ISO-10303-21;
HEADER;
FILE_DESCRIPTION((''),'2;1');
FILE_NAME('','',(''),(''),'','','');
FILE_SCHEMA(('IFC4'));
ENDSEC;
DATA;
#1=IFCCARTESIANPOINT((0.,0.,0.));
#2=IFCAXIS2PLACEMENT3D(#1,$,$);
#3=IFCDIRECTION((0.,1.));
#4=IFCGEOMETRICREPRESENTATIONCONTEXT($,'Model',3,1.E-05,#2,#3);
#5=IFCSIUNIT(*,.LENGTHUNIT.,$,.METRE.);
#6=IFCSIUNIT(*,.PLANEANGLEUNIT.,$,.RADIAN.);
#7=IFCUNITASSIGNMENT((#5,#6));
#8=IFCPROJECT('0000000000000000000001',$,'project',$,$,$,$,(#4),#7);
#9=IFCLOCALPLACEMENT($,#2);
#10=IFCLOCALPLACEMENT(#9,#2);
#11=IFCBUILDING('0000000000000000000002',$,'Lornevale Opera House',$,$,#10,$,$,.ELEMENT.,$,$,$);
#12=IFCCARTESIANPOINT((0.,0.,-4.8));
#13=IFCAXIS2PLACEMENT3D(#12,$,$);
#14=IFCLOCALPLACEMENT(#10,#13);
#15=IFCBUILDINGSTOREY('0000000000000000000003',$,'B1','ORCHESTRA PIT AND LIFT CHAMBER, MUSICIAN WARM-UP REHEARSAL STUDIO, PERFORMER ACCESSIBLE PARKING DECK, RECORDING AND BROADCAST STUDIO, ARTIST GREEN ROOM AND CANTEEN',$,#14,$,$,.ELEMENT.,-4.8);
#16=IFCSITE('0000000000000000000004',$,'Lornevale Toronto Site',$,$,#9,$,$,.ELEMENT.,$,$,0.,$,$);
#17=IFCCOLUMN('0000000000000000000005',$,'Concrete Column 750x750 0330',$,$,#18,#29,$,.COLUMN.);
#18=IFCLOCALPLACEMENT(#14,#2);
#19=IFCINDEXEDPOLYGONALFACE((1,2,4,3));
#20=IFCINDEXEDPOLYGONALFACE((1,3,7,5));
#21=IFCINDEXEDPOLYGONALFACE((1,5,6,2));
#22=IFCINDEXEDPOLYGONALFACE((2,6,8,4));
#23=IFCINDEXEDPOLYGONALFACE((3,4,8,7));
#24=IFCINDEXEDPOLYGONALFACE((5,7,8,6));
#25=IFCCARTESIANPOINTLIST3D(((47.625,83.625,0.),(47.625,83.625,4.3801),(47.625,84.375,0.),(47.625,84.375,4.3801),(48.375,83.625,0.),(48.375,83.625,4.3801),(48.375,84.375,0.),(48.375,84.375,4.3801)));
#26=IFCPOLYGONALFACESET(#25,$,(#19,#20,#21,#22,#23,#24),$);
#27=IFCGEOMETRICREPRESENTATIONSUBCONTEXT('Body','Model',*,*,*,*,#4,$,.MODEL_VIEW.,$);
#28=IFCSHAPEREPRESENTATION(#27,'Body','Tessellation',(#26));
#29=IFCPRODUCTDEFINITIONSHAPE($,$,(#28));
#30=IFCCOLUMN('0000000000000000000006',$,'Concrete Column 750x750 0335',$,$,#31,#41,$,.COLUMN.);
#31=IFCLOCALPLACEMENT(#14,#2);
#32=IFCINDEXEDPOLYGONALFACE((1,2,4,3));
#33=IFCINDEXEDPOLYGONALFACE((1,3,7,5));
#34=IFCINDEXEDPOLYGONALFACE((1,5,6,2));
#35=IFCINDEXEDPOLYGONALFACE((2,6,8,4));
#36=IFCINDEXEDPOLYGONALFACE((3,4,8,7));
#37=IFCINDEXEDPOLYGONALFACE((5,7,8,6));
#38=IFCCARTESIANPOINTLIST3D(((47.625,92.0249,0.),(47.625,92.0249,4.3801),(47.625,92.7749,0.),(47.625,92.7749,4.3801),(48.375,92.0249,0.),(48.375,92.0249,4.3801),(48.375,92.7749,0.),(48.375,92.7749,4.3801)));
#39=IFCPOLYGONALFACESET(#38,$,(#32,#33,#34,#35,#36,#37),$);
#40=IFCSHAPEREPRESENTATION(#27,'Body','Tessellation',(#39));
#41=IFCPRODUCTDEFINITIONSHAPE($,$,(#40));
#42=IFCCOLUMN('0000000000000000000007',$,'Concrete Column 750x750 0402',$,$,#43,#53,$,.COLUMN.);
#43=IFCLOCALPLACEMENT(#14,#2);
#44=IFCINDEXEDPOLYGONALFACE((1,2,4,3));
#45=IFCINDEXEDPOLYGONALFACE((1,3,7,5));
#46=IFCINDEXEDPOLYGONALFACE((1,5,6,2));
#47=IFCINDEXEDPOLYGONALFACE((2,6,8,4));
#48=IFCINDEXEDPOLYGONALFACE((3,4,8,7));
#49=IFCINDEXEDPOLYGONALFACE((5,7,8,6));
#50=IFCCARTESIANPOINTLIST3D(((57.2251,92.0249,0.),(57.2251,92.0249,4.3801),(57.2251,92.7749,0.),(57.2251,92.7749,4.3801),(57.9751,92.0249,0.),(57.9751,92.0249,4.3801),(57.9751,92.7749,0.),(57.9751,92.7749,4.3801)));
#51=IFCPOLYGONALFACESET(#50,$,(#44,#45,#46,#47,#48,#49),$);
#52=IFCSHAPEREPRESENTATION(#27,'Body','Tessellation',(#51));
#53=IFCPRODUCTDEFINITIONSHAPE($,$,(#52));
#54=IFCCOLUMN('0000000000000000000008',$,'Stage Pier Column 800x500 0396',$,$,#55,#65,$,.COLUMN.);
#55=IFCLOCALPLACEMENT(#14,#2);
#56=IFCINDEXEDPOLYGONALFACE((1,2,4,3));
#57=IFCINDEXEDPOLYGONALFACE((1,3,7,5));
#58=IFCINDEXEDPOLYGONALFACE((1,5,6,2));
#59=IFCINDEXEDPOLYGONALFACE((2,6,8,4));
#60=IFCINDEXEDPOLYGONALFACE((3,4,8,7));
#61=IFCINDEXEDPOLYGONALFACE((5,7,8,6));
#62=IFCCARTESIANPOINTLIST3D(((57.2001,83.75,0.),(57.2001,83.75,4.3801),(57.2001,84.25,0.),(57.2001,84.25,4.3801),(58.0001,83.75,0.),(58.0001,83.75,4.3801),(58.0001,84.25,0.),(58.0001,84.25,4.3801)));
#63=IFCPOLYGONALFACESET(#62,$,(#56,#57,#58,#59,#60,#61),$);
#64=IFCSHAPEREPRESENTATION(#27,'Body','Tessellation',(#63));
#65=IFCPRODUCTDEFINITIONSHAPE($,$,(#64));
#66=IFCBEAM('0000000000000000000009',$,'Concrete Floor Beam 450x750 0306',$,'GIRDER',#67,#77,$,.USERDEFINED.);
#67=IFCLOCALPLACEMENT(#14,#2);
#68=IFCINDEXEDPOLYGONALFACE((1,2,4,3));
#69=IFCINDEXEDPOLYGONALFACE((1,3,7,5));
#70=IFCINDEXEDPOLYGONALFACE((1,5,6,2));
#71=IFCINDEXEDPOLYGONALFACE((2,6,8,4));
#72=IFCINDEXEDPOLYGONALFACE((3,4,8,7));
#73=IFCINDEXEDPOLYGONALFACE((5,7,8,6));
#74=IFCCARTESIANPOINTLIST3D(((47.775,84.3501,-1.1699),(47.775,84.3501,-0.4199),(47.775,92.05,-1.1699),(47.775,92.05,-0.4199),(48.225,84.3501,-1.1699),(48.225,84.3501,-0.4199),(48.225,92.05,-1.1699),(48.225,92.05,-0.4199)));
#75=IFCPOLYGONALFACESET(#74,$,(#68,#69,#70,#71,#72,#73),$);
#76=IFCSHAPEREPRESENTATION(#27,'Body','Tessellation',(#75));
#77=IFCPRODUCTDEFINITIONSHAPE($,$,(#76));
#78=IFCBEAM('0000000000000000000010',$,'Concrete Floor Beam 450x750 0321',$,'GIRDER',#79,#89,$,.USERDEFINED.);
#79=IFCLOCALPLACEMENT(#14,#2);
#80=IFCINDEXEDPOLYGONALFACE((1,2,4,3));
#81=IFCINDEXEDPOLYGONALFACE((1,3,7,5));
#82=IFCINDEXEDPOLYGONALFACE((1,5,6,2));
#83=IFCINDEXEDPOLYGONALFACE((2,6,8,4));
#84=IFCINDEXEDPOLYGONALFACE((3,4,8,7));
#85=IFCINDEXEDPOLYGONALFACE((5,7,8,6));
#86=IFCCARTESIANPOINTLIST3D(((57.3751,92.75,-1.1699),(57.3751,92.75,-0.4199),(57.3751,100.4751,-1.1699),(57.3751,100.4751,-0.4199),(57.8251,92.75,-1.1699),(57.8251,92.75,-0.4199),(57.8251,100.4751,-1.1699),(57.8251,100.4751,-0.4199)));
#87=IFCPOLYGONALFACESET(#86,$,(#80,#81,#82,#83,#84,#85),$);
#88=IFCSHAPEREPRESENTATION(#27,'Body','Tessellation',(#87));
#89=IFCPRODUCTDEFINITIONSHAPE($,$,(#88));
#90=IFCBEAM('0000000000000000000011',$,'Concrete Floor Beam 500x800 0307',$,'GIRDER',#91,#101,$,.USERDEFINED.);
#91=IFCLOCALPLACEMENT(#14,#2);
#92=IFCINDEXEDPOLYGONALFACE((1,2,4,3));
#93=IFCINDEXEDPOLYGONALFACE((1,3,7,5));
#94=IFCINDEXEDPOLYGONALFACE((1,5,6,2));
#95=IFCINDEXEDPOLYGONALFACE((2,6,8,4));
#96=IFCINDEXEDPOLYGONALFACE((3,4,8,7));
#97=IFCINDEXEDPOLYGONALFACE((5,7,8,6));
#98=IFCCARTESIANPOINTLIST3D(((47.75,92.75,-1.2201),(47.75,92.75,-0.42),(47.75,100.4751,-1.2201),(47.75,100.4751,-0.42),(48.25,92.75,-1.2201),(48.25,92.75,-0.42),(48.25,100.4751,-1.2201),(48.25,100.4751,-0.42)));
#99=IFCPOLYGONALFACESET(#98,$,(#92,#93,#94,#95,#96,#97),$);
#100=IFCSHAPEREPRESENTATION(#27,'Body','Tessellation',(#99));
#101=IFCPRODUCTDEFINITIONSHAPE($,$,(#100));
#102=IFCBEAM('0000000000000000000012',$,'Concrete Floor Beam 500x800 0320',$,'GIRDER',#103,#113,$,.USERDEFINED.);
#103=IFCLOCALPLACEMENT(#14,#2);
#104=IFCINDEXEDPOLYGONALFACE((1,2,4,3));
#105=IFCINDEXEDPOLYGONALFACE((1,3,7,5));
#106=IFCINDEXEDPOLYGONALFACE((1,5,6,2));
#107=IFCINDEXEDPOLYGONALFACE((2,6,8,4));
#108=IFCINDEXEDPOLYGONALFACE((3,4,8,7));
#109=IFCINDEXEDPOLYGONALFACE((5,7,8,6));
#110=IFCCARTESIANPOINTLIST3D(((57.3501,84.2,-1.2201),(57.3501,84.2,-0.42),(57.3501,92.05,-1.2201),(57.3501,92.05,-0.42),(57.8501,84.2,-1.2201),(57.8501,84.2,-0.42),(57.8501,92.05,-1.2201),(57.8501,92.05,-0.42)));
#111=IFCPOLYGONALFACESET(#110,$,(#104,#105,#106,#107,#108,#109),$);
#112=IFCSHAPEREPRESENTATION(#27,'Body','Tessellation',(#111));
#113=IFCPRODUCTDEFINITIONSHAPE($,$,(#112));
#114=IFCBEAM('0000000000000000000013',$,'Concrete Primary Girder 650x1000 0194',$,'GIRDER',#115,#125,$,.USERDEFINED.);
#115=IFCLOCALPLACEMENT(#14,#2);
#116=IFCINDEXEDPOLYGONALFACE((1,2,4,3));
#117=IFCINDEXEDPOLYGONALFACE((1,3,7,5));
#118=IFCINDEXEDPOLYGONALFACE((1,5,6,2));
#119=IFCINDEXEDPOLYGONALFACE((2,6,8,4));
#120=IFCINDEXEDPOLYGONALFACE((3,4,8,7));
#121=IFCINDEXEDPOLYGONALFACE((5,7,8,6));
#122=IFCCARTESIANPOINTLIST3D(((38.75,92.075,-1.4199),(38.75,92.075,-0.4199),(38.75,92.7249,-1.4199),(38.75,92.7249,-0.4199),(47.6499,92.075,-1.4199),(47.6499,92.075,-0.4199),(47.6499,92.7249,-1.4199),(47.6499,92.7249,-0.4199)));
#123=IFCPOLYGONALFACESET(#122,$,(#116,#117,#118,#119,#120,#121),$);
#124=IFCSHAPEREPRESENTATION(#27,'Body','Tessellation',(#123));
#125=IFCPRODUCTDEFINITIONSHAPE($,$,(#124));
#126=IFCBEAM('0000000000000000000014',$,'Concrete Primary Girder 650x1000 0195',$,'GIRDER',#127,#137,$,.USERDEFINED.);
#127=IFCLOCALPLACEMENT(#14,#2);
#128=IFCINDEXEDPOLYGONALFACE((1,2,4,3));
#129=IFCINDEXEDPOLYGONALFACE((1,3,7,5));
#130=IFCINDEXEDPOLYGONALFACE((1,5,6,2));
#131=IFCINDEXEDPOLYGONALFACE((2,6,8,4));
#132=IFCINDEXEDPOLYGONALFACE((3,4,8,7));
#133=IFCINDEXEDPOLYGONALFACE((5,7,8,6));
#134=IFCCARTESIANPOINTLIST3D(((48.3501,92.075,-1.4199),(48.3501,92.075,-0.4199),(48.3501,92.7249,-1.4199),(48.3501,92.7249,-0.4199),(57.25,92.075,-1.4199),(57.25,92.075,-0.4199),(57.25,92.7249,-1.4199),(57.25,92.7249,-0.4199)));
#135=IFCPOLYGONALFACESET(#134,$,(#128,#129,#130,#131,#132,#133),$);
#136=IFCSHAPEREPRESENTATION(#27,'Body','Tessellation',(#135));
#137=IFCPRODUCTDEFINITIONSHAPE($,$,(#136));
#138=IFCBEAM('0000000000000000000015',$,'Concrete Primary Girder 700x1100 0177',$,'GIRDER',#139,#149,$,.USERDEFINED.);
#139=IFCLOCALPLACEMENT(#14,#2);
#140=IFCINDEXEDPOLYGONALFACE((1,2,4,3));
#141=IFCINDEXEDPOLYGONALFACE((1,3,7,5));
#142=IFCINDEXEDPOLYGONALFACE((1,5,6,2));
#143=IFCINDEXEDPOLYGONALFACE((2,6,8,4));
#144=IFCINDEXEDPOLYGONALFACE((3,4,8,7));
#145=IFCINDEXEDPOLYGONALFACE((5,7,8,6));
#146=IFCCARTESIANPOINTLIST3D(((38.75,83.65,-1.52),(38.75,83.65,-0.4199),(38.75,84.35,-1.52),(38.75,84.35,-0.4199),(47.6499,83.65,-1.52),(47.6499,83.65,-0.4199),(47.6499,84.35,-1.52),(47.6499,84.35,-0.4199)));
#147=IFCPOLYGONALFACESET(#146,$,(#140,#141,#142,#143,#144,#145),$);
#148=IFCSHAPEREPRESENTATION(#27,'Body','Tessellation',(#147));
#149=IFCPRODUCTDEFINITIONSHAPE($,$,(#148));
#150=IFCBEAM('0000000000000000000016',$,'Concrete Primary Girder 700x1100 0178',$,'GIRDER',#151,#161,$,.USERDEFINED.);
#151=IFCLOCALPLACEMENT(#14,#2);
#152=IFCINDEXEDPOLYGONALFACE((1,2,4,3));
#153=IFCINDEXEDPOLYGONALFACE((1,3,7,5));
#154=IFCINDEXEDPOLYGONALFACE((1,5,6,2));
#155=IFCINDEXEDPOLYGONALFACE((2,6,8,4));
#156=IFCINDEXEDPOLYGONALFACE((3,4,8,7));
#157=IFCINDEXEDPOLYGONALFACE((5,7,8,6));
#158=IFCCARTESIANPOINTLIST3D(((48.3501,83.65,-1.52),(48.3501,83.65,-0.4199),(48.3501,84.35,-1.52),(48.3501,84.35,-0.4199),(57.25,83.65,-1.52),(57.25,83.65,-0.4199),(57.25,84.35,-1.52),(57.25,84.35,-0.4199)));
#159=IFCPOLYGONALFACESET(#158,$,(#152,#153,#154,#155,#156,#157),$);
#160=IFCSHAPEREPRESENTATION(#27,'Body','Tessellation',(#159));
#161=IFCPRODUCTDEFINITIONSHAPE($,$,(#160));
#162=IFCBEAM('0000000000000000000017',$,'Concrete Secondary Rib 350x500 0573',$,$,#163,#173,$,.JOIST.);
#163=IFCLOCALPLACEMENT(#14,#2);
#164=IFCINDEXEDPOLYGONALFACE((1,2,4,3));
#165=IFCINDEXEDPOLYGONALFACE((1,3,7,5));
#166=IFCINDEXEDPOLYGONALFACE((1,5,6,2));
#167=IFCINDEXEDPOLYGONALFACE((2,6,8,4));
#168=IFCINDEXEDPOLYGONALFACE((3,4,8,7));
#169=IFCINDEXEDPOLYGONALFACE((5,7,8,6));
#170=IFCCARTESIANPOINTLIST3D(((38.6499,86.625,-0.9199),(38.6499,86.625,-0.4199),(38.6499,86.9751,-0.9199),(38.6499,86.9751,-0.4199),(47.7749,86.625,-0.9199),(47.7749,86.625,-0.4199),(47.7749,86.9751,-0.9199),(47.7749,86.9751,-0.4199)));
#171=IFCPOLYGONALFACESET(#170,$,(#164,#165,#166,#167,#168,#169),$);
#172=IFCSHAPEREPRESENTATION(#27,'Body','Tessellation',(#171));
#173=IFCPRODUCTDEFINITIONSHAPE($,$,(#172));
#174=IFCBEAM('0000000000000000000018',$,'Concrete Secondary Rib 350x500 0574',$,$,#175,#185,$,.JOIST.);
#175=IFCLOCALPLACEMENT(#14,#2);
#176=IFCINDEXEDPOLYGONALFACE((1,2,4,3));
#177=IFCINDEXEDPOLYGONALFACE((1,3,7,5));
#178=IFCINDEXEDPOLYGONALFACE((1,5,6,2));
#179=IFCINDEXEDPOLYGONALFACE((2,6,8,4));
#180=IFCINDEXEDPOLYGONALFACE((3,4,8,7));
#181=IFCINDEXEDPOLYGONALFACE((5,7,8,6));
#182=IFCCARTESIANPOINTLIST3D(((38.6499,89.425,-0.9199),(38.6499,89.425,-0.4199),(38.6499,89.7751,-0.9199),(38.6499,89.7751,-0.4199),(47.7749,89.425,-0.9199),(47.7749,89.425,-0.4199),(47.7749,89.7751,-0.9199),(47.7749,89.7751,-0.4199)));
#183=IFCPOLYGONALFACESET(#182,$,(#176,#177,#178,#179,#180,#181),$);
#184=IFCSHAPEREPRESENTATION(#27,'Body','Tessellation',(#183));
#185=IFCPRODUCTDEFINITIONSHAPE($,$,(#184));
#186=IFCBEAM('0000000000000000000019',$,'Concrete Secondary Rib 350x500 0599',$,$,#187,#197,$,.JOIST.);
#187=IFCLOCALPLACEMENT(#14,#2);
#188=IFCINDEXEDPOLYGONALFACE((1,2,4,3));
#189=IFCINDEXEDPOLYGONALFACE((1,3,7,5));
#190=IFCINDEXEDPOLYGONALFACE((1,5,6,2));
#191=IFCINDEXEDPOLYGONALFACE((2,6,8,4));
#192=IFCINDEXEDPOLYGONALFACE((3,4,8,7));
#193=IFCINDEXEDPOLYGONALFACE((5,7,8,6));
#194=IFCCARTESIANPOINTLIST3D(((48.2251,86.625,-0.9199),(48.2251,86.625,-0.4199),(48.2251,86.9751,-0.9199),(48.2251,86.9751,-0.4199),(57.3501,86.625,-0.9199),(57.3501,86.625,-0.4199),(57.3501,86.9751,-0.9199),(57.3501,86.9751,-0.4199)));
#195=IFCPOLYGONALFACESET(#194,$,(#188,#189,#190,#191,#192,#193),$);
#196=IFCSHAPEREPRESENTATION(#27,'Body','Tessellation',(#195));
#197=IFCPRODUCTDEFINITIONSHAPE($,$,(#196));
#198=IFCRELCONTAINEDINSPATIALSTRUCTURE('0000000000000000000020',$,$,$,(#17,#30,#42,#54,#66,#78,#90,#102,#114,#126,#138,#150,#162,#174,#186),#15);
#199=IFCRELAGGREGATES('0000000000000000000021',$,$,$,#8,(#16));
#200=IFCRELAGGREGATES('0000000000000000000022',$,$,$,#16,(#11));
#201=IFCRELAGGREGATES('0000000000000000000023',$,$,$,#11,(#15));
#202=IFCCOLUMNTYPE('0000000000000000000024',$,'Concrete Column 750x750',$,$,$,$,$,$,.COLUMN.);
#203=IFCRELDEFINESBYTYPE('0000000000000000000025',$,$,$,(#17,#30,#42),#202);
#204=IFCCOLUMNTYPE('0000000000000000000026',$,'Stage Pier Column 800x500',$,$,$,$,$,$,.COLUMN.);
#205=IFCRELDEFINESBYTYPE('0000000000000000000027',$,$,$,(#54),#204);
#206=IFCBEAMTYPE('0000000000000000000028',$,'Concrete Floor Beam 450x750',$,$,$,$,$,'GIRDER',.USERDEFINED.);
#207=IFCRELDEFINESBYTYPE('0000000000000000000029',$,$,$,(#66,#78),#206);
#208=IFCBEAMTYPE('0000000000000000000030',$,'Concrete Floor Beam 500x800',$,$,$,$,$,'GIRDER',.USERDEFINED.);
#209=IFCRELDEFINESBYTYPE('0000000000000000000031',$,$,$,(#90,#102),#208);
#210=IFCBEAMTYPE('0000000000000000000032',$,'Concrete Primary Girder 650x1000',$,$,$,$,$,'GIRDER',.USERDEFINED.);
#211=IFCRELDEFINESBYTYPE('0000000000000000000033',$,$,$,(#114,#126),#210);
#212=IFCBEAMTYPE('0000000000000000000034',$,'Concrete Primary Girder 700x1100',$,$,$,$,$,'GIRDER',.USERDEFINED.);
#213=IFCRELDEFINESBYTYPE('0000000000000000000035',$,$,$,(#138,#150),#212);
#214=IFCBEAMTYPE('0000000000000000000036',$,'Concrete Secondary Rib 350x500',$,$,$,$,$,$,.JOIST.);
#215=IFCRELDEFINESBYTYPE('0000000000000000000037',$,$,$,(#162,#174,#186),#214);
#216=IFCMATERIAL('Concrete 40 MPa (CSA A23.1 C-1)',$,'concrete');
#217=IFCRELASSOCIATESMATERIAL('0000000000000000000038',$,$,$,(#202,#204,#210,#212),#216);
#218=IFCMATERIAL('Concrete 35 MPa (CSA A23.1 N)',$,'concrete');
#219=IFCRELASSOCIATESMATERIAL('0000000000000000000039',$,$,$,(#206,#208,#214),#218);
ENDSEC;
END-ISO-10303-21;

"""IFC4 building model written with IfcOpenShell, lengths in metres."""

from ifc_helpers import new_model, si_unit, direction, frame, origin, origin_2d, place, context, subcontext, project, spatial, rectangle, extrude, material, material_profile, profile_set, type_object, element, save


model = new_model("IFC4")

# Units and contexts
model_context = context("Model", 3, precision=1e-05, world=origin(), true_north=direction((0.0, 1.0)))
body_context = subcontext(model_context, "Body", "Model", "MODEL_VIEW")
ifc_project = project(units=[si_unit("LENGTHUNIT", "METRE"), si_unit("PLANEANGLEUNIT", "RADIAN")], contexts=[model_context])

# Site, building, storey
site_placement = place(None, origin())
site = spatial("IfcSite", under=ifc_project, at=site_placement, Name="Lornevale Toronto Site", CompositionType="ELEMENT", RefElevation=0.0)
building_placement = place(site_placement, origin())
building = spatial("IfcBuilding", under=site, at=building_placement, Name="Lornevale Opera House", CompositionType="ELEMENT")
storey_placement = place(building_placement, frame((0.0, 0.0, -4.8)))
storey = spatial("IfcBuildingStorey", under=building, at=storey_placement, Name="B1", Description="ORCHESTRA PIT AND LIFT CHAMBER, MUSICIAN WARM-UP REHEARSAL STUDIO, PERFORMER ACCESSIBLE PARKING DECK, RECORDING AND BROADCAST STUDIO, ARTIST GREEN ROOM AND CANTEEN", CompositionType="ELEMENT", Elevation=-4.8)

# Columns
ifc_material_1 = material(Name="Concrete 40 MPa (CSA A23.1 C-1)", Category="concrete")
ifc_material_profile_1 = material_profile(ifc_material_1, rectangle(XDim=0.75, YDim=0.75, at=origin_2d()), Name="RC750x750")
ifc_profile_set_1 = profile_set([ifc_material_profile_1], Name="Concrete 40 MPa (CSA A23.1 C-1)")
column_type_1 = type_object("IfcColumnType", Name="Concrete Column 750x750", PredefinedType="COLUMN", material=ifc_profile_set_1)
for number, where, z_axis, x_axis, name in (
    (1, (48.0, 84.0, 0.0), (0.0, 0.0, 1.0), (1.0, 0.0, 0.0), "Concrete Column 750x750 0330"),
    (2, (48.0, 92.3999, 0.0), (0.0, 0.0, 1.0), (1.0, 0.0, 0.0), "Concrete Column 750x750 0335"),
    (3, (57.6001, 92.3999, 0.0), (0.0, 0.0, 1.0), (1.0, 0.0, 0.0), "Concrete Column 750x750 0402"),
):
    element("IfcColumn", number, at=place(storey_placement, frame(where, z_axis=z_axis, x_axis=x_axis)), inside=storey, type_object=column_type_1, Name=name, PredefinedType="COLUMN", context=body_context, shape_type="SweptSolid", body=[
        extrude(rectangle(XDim=0.75, YDim=0.75, at=origin_2d()), origin(), (0.0, 0.0, 1.0), 4.3801),
    ])
ifc_material_profile_2 = material_profile(ifc_material_1, rectangle(XDim=0.8, YDim=0.5, at=origin_2d()), Name="RC800x500")
ifc_profile_set_2 = profile_set([ifc_material_profile_2], Name="Concrete 40 MPa (CSA A23.1 C-1)")
column_type_2 = type_object("IfcColumnType", Name="Stage Pier Column 800x500", PredefinedType="COLUMN", material=ifc_profile_set_2)
column_placement = place(storey_placement, frame((57.6001, 84.0, 0.0), z_axis=(0.0, 0.0, 1.0), x_axis=(1.0, 0.0, 0.0)))
element("IfcColumn", 4, at=column_placement, inside=storey, type_object=column_type_2, Name="Stage Pier Column 800x500 0396", PredefinedType="COLUMN", context=body_context, shape_type="SweptSolid", body=[
    extrude(rectangle(XDim=0.8, YDim=0.5, at=origin_2d()), origin(), (0.0, 0.0, 1.0), 4.3801),
])

# Beams
ifc_material_2 = material(Name="Concrete 35 MPa (CSA A23.1 N)", Category="concrete")
ifc_material_profile_3 = material_profile(ifc_material_2, rectangle(XDim=0.45, YDim=0.75, at=origin_2d()), Name="RC450x750")
ifc_profile_set_3 = profile_set([ifc_material_profile_3], Name="Concrete 35 MPa (CSA A23.1 N)")
beam_type_1 = type_object("IfcBeamType", Name="Concrete Floor Beam 450x750", ElementType="GIRDER", PredefinedType="USERDEFINED", material=ifc_profile_set_3)
beam_1_placement = place(storey_placement, frame((48.0, 84.3501, -0.7949), z_axis=(0.0, 1.0, 0.0), x_axis=(-1.0, 0.0, 0.0)))
element("IfcBeam", 5, at=beam_1_placement, inside=storey, type_object=beam_type_1, Name="Concrete Floor Beam 450x750 0306", ObjectType="GIRDER", PredefinedType="USERDEFINED", context=body_context, shape_type="SweptSolid", body=[
    extrude(rectangle(XDim=0.45, YDim=0.75, at=origin_2d()), origin(), (0.0, 0.0, 1.0), 7.7),
])
beam_2_placement = place(storey_placement, frame((57.6001, 92.75, -0.7949), z_axis=(0.0, 1.0, 0.0), x_axis=(-1.0, 0.0, 0.0)))
element("IfcBeam", 6, at=beam_2_placement, inside=storey, type_object=beam_type_1, Name="Concrete Floor Beam 450x750 0321", ObjectType="GIRDER", PredefinedType="USERDEFINED", context=body_context, shape_type="SweptSolid", body=[
    extrude(rectangle(XDim=0.45, YDim=0.75, at=origin_2d()), origin(), (0.0, 0.0, 1.0), 7.7251),
])
ifc_material_profile_4 = material_profile(ifc_material_2, rectangle(XDim=0.5, YDim=0.8, at=origin_2d()), Name="RC500x800")
ifc_profile_set_4 = profile_set([ifc_material_profile_4], Name="Concrete 35 MPa (CSA A23.1 N)")
beam_type_2 = type_object("IfcBeamType", Name="Concrete Floor Beam 500x800", ElementType="GIRDER", PredefinedType="USERDEFINED", material=ifc_profile_set_4)
beam_3_placement = place(storey_placement, frame((48.0, 92.75, -0.8201), z_axis=(0.0, 1.0, 0.0), x_axis=(-1.0, 0.0, 0.0)))
element("IfcBeam", 7, at=beam_3_placement, inside=storey, type_object=beam_type_2, Name="Concrete Floor Beam 500x800 0307", ObjectType="GIRDER", PredefinedType="USERDEFINED", context=body_context, shape_type="SweptSolid", body=[
    extrude(rectangle(XDim=0.5, YDim=0.8, at=origin_2d()), origin(), (0.0, 0.0, 1.0), 7.7251),
])
beam_4_placement = place(storey_placement, frame((57.6001, 84.2, -0.8201), z_axis=(0.0, 1.0, 0.0), x_axis=(-1.0, 0.0, 0.0)))
element("IfcBeam", 8, at=beam_4_placement, inside=storey, type_object=beam_type_2, Name="Concrete Floor Beam 500x800 0320", ObjectType="GIRDER", PredefinedType="USERDEFINED", context=body_context, shape_type="SweptSolid", body=[
    extrude(rectangle(XDim=0.5, YDim=0.8, at=origin_2d()), origin(), (0.0, 0.0, 1.0), 7.8501),
])
ifc_material_profile_5 = material_profile(ifc_material_1, rectangle(XDim=0.6499, YDim=1.0, at=origin_2d()), Name="RC650x1000")
ifc_profile_set_5 = profile_set([ifc_material_profile_5], Name="Concrete 40 MPa (CSA A23.1 C-1)")
beam_type_3 = type_object("IfcBeamType", Name="Concrete Primary Girder 650x1000", ElementType="GIRDER", PredefinedType="USERDEFINED", material=ifc_profile_set_5)
for number, where, z_axis, x_axis, name in (
    (9, (38.75, 92.3999, -0.9199), (1.0, 0.0, 0.0), (0.0, 1.0, 0.0), "Concrete Primary Girder 650x1000 0194"),
    (10, (48.3501, 92.3999, -0.9199), (1.0, 0.0, 0.0), (0.0, 1.0, 0.0), "Concrete Primary Girder 650x1000 0195"),
):
    element("IfcBeam", number, at=place(storey_placement, frame(where, z_axis=z_axis, x_axis=x_axis)), inside=storey, type_object=beam_type_3, Name=name, ObjectType="GIRDER", PredefinedType="USERDEFINED", context=body_context, shape_type="SweptSolid", body=[
        extrude(rectangle(XDim=0.6499, YDim=1.0, at=origin_2d()), origin(), (0.0, 0.0, 1.0), 8.8999),
    ])
ifc_material_profile_6 = material_profile(ifc_material_1, rectangle(XDim=0.7, YDim=1.1001, at=origin_2d()), Name="RC700x1100")
ifc_profile_set_6 = profile_set([ifc_material_profile_6], Name="Concrete 40 MPa (CSA A23.1 C-1)")
beam_type_4 = type_object("IfcBeamType", Name="Concrete Primary Girder 700x1100", ElementType="GIRDER", PredefinedType="USERDEFINED", material=ifc_profile_set_6)
for number, where, z_axis, x_axis, name in (
    (11, (38.75, 84.0, -0.97), (1.0, 0.0, 0.0), (0.0, 1.0, 0.0), "Concrete Primary Girder 700x1100 0177"),
    (12, (48.3501, 84.0, -0.97), (1.0, 0.0, 0.0), (0.0, 1.0, 0.0), "Concrete Primary Girder 700x1100 0178"),
):
    element("IfcBeam", number, at=place(storey_placement, frame(where, z_axis=z_axis, x_axis=x_axis)), inside=storey, type_object=beam_type_4, Name=name, ObjectType="GIRDER", PredefinedType="USERDEFINED", context=body_context, shape_type="SweptSolid", body=[
        extrude(rectangle(XDim=0.7, YDim=1.1001, at=origin_2d()), origin(), (0.0, 0.0, 1.0), 8.8999),
    ])
ifc_material_profile_7 = material_profile(ifc_material_2, rectangle(XDim=0.3501, YDim=0.5, at=origin_2d()), Name="RC350x500")
ifc_profile_set_7 = profile_set([ifc_material_profile_7], Name="Concrete 35 MPa (CSA A23.1 N)")
beam_type_5 = type_object("IfcBeamType", Name="Concrete Secondary Rib 350x500", PredefinedType="JOIST", material=ifc_profile_set_7)
for number, where, z_axis, x_axis, name in (
    (13, (38.6499, 86.8, -0.6699), (1.0, 0.0, 0.0), (0.0, 1.0, 0.0), "Concrete Secondary Rib 350x500 0573"),
    (14, (38.6499, 89.6001, -0.6699), (1.0, 0.0, 0.0), (0.0, 1.0, 0.0), "Concrete Secondary Rib 350x500 0574"),
    (15, (48.2251, 86.8, -0.6699), (1.0, 0.0, 0.0), (0.0, 1.0, 0.0), "Concrete Secondary Rib 350x500 0599"),
):
    element("IfcBeam", number, at=place(storey_placement, frame(where, z_axis=z_axis, x_axis=x_axis)), inside=storey, type_object=beam_type_5, Name=name, PredefinedType="JOIST", context=body_context, shape_type="SweptSolid", body=[
        extrude(rectangle(XDim=0.3501, YDim=0.5, at=origin_2d()), origin(), (0.0, 0.0, 1.0), 9.125),
    ])

save(model, "model.ifc")
